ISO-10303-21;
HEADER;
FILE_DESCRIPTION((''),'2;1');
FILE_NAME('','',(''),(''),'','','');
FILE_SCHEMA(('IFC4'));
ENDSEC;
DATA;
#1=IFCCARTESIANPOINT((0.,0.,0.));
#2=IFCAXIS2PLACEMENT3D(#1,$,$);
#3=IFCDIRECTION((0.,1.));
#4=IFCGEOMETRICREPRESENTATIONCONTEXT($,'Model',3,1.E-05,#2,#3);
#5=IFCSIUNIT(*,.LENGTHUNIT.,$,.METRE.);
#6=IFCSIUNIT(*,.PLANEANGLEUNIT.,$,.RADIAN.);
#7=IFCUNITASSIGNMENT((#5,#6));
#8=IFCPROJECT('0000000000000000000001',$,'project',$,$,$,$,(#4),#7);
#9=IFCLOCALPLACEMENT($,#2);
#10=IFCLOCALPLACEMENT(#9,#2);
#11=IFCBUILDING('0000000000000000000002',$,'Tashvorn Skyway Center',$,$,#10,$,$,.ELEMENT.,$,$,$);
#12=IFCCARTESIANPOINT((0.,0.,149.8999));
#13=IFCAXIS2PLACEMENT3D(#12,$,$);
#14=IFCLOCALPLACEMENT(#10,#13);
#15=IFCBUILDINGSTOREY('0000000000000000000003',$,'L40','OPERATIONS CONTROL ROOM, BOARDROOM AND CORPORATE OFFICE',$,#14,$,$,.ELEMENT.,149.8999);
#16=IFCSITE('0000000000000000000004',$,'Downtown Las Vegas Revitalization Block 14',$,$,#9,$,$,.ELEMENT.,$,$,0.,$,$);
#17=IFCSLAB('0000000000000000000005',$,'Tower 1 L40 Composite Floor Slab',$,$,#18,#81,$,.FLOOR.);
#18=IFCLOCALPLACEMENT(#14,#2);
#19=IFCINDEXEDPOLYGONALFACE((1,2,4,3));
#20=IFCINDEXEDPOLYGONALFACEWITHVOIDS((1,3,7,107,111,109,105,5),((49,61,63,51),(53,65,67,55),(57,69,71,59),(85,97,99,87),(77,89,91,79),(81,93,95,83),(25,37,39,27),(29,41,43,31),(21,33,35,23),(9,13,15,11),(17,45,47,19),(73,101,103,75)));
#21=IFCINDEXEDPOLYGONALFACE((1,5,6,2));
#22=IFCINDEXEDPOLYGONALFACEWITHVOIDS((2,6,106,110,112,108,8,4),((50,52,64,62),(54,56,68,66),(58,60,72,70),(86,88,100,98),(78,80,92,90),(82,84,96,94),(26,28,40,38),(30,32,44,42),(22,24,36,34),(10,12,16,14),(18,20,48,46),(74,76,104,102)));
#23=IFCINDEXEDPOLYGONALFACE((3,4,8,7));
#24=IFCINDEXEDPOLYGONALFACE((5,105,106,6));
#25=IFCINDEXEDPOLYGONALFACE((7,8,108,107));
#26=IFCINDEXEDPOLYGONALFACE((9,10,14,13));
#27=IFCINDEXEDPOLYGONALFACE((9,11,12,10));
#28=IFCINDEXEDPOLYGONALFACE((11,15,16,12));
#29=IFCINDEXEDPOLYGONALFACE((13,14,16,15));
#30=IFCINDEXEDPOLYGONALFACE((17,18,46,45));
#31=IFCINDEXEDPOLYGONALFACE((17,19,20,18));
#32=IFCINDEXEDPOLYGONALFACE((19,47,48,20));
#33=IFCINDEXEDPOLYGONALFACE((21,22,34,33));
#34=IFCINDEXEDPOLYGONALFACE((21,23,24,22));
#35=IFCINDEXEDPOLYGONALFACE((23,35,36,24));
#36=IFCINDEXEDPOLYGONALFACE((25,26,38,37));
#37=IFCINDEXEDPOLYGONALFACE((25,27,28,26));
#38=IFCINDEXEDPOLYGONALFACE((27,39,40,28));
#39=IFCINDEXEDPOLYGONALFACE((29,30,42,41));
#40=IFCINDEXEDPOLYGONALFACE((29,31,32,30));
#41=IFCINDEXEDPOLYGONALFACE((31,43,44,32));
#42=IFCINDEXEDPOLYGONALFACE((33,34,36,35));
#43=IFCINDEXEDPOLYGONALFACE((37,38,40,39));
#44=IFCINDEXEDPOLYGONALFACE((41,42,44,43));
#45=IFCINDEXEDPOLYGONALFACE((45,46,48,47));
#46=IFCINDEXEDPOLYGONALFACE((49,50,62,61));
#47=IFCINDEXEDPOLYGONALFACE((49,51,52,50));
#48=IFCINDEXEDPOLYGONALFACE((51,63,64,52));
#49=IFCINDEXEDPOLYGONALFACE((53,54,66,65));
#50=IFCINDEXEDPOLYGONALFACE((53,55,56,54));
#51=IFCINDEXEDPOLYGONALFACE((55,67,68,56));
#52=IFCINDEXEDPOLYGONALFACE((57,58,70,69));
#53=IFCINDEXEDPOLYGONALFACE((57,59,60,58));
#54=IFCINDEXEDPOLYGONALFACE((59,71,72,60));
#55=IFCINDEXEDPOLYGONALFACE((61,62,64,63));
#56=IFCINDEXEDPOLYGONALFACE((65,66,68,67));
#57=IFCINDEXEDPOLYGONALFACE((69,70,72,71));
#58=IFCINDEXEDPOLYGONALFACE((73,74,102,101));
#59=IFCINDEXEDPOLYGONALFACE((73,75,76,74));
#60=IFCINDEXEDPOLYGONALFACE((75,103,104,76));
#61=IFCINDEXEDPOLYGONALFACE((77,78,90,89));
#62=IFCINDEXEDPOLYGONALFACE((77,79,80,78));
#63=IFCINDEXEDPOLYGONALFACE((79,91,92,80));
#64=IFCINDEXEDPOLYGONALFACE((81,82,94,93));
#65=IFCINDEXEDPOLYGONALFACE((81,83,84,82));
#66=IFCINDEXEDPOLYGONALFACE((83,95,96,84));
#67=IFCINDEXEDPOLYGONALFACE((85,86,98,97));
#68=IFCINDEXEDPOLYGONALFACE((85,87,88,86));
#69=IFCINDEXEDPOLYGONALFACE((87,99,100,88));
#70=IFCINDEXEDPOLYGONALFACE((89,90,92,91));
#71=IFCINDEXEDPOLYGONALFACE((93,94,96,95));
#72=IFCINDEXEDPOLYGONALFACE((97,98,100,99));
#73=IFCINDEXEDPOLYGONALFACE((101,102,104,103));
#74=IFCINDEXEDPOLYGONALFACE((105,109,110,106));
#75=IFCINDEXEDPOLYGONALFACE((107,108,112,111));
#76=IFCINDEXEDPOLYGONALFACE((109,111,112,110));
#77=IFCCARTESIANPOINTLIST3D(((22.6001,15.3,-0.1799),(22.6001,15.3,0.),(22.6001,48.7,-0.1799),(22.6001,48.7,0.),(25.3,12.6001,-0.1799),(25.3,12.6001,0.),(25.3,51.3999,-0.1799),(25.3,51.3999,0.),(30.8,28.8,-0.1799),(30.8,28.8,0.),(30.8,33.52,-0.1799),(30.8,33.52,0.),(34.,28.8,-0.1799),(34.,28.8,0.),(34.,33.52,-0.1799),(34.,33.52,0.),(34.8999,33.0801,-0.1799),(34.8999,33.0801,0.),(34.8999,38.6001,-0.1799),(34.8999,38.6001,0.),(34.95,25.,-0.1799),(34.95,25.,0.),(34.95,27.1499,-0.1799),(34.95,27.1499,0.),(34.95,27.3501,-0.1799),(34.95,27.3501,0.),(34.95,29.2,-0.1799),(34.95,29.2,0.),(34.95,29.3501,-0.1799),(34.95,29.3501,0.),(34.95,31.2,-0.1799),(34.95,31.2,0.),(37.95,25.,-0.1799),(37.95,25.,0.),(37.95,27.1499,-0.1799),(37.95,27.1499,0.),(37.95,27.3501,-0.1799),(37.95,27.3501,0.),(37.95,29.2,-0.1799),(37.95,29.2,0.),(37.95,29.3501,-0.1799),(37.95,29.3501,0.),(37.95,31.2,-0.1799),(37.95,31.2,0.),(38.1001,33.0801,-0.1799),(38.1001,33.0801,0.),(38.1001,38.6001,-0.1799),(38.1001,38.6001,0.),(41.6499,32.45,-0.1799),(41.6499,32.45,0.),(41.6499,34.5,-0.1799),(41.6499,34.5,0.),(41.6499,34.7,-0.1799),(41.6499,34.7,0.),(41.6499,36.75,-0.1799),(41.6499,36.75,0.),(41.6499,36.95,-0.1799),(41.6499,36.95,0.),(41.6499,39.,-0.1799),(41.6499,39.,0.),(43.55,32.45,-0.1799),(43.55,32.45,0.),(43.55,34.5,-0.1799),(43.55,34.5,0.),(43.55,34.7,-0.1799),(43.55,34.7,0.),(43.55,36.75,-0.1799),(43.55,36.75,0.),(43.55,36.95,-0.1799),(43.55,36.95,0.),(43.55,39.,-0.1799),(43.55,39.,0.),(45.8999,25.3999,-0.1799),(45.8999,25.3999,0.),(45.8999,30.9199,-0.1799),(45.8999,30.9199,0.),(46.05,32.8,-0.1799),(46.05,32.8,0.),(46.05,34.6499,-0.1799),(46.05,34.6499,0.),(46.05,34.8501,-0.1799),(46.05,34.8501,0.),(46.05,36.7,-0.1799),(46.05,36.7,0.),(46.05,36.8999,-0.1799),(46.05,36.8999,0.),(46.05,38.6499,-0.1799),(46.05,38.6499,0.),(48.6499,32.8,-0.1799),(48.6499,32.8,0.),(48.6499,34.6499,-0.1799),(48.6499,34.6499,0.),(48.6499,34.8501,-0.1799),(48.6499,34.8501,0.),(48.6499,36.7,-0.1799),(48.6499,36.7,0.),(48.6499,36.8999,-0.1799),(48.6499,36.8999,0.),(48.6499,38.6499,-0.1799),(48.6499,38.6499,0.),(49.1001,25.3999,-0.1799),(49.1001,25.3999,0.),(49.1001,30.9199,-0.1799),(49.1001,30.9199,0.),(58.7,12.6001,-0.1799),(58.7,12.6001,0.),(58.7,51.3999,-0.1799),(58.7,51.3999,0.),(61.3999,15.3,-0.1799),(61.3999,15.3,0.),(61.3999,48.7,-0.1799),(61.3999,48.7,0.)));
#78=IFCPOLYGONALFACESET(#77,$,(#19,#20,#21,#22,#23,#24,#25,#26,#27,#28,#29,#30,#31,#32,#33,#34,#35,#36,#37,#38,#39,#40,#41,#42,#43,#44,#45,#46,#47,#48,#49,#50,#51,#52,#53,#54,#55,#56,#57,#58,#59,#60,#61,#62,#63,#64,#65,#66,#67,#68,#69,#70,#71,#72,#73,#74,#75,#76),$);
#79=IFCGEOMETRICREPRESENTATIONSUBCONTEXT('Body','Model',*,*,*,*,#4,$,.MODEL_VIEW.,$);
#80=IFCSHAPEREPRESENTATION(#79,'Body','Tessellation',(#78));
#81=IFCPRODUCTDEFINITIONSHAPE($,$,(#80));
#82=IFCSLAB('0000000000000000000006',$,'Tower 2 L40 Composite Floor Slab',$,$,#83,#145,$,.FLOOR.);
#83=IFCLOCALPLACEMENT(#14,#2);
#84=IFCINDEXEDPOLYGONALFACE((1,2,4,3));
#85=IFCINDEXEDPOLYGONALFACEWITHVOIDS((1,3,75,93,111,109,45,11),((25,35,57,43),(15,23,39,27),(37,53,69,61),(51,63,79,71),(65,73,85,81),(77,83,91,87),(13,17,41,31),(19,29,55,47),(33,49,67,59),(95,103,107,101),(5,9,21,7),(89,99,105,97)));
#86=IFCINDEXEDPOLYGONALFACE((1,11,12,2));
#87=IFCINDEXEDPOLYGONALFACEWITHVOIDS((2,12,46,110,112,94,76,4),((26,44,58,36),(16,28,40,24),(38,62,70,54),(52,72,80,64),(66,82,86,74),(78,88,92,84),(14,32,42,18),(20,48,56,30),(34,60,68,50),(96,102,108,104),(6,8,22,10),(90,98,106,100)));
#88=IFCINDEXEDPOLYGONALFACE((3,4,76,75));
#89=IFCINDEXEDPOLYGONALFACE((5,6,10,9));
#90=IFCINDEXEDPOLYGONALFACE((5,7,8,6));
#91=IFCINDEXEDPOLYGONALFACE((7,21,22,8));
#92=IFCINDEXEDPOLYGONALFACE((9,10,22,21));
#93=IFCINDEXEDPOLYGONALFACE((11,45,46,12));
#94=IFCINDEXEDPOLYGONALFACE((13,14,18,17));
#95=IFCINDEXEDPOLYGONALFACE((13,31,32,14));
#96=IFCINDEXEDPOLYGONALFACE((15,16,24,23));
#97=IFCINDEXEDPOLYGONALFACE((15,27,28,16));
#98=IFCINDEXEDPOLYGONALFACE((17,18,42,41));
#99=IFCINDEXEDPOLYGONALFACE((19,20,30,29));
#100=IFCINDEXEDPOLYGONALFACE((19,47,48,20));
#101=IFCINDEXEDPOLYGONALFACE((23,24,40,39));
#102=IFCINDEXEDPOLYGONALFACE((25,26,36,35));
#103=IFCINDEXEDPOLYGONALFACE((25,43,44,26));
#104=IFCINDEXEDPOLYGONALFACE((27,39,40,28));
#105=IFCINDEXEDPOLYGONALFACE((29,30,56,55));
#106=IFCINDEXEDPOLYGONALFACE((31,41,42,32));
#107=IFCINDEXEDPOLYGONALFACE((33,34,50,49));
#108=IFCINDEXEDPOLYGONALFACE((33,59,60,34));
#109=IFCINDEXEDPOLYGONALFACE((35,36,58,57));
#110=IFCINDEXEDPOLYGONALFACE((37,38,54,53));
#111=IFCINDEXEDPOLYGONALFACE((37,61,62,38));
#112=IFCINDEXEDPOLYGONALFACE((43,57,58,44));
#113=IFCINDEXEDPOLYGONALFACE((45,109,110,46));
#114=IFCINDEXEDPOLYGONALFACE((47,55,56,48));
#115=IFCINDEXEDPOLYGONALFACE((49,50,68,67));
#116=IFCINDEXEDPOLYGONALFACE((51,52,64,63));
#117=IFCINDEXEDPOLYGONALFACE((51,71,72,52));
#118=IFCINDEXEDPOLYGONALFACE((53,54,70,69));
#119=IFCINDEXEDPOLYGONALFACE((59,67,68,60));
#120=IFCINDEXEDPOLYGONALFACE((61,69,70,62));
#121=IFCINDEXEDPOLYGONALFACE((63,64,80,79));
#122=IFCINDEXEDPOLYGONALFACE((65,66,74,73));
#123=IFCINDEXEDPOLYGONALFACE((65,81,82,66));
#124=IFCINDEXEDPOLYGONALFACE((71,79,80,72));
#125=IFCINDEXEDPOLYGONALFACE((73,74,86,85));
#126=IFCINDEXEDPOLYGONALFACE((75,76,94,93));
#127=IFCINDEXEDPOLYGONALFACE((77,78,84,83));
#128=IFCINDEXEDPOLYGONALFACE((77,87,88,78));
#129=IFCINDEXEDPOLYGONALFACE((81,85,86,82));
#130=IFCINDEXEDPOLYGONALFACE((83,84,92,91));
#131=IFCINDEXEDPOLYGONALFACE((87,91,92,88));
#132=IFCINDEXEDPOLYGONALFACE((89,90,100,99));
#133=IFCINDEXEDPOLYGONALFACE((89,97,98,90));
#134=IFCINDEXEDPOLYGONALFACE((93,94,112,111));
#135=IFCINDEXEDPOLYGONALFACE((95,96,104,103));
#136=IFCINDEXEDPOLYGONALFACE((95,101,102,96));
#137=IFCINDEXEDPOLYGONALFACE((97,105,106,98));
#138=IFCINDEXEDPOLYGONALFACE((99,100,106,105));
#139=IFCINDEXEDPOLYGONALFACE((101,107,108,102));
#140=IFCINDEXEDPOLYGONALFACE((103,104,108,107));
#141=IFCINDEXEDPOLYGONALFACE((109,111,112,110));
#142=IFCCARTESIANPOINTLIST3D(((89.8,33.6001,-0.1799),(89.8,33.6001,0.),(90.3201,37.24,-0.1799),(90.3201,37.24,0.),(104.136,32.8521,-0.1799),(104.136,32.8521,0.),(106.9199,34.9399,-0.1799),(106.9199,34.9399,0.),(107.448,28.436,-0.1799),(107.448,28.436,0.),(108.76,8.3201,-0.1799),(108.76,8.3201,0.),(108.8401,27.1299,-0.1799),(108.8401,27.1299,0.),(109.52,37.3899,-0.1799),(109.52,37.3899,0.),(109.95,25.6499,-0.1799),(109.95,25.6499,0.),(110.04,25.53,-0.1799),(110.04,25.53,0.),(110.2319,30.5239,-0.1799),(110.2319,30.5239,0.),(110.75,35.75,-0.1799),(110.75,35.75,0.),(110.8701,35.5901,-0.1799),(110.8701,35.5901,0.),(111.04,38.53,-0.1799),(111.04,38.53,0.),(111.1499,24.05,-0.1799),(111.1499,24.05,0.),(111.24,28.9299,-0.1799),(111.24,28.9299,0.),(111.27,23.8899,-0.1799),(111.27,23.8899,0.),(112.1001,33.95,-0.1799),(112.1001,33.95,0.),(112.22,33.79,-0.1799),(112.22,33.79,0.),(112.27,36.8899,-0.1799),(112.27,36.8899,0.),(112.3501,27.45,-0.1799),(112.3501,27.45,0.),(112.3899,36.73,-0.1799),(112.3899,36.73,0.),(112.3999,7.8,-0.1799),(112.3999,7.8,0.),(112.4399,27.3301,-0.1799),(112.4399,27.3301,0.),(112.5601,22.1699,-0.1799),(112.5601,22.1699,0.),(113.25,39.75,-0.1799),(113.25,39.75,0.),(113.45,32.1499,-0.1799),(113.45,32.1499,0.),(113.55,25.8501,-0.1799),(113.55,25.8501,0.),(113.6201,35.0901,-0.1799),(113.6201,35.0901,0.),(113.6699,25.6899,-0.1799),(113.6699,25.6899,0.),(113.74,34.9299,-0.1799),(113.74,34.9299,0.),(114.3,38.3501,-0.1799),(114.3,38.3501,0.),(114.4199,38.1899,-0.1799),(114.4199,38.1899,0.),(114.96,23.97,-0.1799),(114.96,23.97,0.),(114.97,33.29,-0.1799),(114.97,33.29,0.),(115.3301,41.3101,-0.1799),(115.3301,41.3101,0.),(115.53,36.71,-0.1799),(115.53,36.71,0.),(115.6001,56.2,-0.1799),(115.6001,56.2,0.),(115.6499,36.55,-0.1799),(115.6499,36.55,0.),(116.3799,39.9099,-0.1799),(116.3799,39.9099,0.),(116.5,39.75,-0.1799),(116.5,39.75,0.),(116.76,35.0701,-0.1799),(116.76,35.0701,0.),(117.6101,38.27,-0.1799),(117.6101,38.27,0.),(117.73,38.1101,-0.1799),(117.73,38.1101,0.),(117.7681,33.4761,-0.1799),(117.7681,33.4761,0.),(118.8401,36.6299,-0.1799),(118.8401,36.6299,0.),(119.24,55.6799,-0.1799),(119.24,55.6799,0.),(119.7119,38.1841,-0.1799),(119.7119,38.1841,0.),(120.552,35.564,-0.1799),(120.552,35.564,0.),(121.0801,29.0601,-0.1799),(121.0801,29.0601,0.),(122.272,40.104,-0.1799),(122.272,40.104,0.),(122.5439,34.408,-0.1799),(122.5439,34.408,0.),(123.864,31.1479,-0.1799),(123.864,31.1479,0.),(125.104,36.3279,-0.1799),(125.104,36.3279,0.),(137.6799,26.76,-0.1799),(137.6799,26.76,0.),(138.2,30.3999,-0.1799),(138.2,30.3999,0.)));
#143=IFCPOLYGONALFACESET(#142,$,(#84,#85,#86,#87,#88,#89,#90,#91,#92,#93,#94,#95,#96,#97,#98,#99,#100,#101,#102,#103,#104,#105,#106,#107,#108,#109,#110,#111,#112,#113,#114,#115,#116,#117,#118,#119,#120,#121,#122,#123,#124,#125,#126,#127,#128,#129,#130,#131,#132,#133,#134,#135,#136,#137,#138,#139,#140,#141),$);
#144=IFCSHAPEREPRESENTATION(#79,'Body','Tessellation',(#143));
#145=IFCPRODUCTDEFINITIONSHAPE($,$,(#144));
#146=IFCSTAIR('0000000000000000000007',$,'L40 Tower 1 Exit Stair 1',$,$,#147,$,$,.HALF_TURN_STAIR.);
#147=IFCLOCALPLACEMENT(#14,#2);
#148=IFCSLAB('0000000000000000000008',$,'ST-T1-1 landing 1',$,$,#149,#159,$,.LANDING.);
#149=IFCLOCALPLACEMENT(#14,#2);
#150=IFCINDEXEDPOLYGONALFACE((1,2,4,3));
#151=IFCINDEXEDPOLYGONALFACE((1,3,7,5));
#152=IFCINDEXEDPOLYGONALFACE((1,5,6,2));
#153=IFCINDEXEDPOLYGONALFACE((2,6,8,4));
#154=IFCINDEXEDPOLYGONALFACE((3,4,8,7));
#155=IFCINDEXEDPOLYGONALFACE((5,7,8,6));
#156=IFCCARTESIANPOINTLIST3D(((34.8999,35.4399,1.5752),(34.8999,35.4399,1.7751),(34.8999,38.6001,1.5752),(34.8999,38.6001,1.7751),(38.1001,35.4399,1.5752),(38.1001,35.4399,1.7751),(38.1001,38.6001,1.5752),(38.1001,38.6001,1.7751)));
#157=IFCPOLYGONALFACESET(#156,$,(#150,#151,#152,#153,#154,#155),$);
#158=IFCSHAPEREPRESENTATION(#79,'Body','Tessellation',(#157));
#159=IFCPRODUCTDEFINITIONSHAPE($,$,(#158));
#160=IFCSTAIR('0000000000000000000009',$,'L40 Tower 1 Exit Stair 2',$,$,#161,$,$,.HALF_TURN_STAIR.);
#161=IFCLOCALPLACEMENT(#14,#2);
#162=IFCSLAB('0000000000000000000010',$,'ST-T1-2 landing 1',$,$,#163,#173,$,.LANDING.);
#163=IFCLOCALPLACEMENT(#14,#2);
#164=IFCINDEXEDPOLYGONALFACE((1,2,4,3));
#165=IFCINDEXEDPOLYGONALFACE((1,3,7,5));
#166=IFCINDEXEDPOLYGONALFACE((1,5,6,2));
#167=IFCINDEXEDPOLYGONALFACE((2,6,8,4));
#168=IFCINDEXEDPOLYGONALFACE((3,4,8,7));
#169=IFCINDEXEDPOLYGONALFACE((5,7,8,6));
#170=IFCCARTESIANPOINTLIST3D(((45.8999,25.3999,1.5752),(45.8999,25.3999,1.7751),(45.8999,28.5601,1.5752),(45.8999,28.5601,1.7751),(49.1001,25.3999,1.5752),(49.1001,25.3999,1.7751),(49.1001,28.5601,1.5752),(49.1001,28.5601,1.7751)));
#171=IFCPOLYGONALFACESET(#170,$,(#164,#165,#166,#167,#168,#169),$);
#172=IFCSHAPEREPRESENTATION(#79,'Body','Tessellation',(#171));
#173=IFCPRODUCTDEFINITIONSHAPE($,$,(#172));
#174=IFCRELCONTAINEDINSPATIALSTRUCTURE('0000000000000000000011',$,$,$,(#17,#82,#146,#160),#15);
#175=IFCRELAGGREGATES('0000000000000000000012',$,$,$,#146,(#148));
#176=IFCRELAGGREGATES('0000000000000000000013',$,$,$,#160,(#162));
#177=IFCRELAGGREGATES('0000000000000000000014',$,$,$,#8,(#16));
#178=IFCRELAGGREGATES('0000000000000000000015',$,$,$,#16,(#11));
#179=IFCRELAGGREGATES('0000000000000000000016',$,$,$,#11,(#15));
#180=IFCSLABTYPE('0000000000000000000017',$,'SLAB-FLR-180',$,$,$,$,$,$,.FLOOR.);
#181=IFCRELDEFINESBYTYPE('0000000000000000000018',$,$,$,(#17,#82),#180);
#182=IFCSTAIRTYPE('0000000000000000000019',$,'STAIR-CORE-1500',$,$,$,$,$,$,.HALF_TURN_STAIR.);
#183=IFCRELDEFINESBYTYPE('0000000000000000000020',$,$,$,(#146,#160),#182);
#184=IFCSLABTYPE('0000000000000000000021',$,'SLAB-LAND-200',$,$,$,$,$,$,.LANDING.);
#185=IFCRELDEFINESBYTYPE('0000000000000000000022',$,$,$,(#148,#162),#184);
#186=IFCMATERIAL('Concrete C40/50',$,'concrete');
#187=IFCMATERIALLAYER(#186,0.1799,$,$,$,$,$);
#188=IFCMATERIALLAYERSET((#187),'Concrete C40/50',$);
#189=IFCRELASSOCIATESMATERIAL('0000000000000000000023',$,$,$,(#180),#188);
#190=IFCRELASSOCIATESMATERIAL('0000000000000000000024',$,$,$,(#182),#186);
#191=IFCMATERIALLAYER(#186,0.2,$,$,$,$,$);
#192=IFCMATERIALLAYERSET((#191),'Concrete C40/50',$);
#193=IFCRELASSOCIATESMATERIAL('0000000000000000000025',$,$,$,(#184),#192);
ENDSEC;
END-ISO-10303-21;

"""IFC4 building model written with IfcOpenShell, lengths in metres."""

from ifc_helpers import new_model, si_unit, direction, frame, origin, place, context, subcontext, project, spatial, polyline, outline, extrude, material, layer, layer_set, type_object, element, aggregate, save


model = new_model("IFC4")

# Units and contexts
model_context = context("Model", 3, precision=1e-05, world=origin(), true_north=direction((0.0, 1.0)))
body_context = subcontext(model_context, "Body", "Model", "MODEL_VIEW")
ifc_project = project(units=[si_unit("LENGTHUNIT", "METRE"), si_unit("PLANEANGLEUNIT", "RADIAN")], contexts=[model_context])

# Site, building, storey
site_placement = place(None, origin())
site = spatial("IfcSite", under=ifc_project, at=site_placement, Name="Downtown Las Vegas Revitalization Block 14", CompositionType="ELEMENT", RefElevation=0.0)
building_placement = place(site_placement, origin())
building = spatial("IfcBuilding", under=site, at=building_placement, Name="Tashvorn Skyway Center", CompositionType="ELEMENT")
storey_placement = place(building_placement, frame((0.0, 0.0, 149.8999)))
storey = spatial("IfcBuildingStorey", under=building, at=storey_placement, Name="L40", Description="OPERATIONS CONTROL ROOM, BOARDROOM AND CORPORATE OFFICE", CompositionType="ELEMENT", Elevation=149.8999)

# Slabs
ifc_material_1 = material(Name="Concrete C40/50", Category="concrete")
ifc_layer_1 = layer(ifc_material_1, 0.1799)
ifc_layer_set_1 = layer_set([ifc_layer_1], Name="Concrete C40/50")
slab_type_1 = type_object("IfcSlabType", Name="SLAB-FLR-180", PredefinedType="FLOOR", material=ifc_layer_set_1)
slab_1_placement = place(storey_placement, frame((0.0, 0.0, -0.1799)))
element("IfcSlab", 1, at=slab_1_placement, inside=storey, type_object=slab_type_1, Name="Tower 1 L40 Composite Floor Slab", PredefinedType="FLOOR", context=body_context, shape_type="SweptSolid", body=[
    extrude(outline(polyline([(25.3, 12.6001), (58.7, 12.6001), (61.3999, 15.3), (61.3999, 48.7), (58.7, 51.3999), (25.3, 51.3999), (22.6001, 48.7), (22.6001, 15.3), (25.3, 12.6001)]), holes=[polyline([(38.1001, 33.0801), (38.1001, 38.6001), (34.8999, 38.6001), (34.8999, 33.0801), (38.1001, 33.0801)]), polyline([(45.8999, 30.9199), (45.8999, 25.3999), (49.1001, 25.3999), (49.1001, 30.9199), (45.8999, 30.9199)]), polyline([(30.8, 33.52), (30.8, 28.8), (34.0, 28.8), (34.0, 33.52), (30.8, 33.52)]), polyline([(34.95, 29.3501), (37.95, 29.3501), (37.95, 31.2), (34.95, 31.2), (34.95, 29.3501)]), polyline([(34.95, 27.3501), (37.95, 27.3501), (37.95, 29.2), (34.95, 29.2), (34.95, 27.3501)]), polyline([(34.95, 25.0), (37.95, 25.0), (37.95, 27.1499), (34.95, 27.1499), (34.95, 25.0)]), polyline([(41.6499, 32.45), (43.55, 32.45), (43.55, 34.5), (41.6499, 34.5), (41.6499, 32.45)]), polyline([(41.6499, 34.7), (43.55, 34.7), (43.55, 36.75), (41.6499, 36.75), (41.6499, 34.7)]), polyline([(41.6499, 36.95), (43.55, 36.95), (43.55, 39.0), (41.6499, 39.0), (41.6499, 36.95)]), polyline([(46.05, 32.8), (48.6499, 32.8), (48.6499, 34.6499), (46.05, 34.6499), (46.05, 32.8)]), polyline([(46.05, 34.8501), (48.6499, 34.8501), (48.6499, 36.7), (46.05, 36.7), (46.05, 34.8501)]), polyline([(46.05, 36.8999), (48.6499, 36.8999), (48.6499, 38.6499), (46.05, 38.6499), (46.05, 36.8999)])]), origin(), (0.0, 0.0, 1.0), 0.1799),
])
slab_2_placement = place(storey_placement, frame((0.0, 0.0, -0.1799)))
element("IfcSlab", 2, at=slab_2_placement, inside=storey, type_object=slab_type_1, Name="Tower 2 L40 Composite Floor Slab", PredefinedType="FLOOR", context=body_context, shape_type="SweptSolid", body=[
    extrude(outline(polyline([(112.3999, 7.8), (137.6799, 26.76), (138.2, 30.3999), (119.24, 55.6799), (115.6001, 56.2), (90.3201, 37.24), (89.8, 33.6001), (108.76, 8.3201), (112.3999, 7.8)]), holes=[polyline([(110.2319, 30.5239), (106.9199, 34.9399), (104.136, 32.8521), (107.448, 28.436), (110.2319, 30.5239)]), polyline([(117.7681, 33.4761), (121.0801, 29.0601), (123.864, 31.1479), (120.552, 35.564), (117.7681, 33.4761)]), polyline([(119.7119, 38.1841), (122.5439, 34.408), (125.104, 36.3279), (122.272, 40.104), (119.7119, 38.1841)]), polyline([(109.95, 25.6499), (112.3501, 27.45), (111.24, 28.9299), (108.8401, 27.1299), (109.95, 25.6499)]), polyline([(111.1499, 24.05), (113.55, 25.8501), (112.4399, 27.3301), (110.04, 25.53), (111.1499, 24.05)]), polyline([(112.5601, 22.1699), (114.96, 23.97), (113.6699, 25.6899), (111.27, 23.8899), (112.5601, 22.1699)]), polyline([(113.45, 32.1499), (114.97, 33.29), (113.74, 34.9299), (112.22, 33.79), (113.45, 32.1499)]), polyline([(112.1001, 33.95), (113.6201, 35.0901), (112.3899, 36.73), (110.8701, 35.5901), (112.1001, 33.95)]), polyline([(110.75, 35.75), (112.27, 36.8899), (111.04, 38.53), (109.52, 37.3899), (110.75, 35.75)]), polyline([(116.76, 35.0701), (118.8401, 36.6299), (117.73, 38.1101), (115.6499, 36.55), (116.76, 35.0701)]), polyline([(115.53, 36.71), (117.6101, 38.27), (116.5, 39.75), (114.4199, 38.1899), (115.53, 36.71)]), polyline([(114.3, 38.3501), (116.3799, 39.9099), (115.3301, 41.3101), (113.25, 39.75), (114.3, 38.3501)])]), origin(), (0.0, 0.0, 1.0), 0.1799),
])

# Stairs, slabs
stair_type = type_object("IfcStairType", Name="STAIR-CORE-1500", PredefinedType="HALF_TURN_STAIR", material=ifc_material_1)
stair_1_placement = place(storey_placement, origin())
stair_1 = element("IfcStair", 3, at=stair_1_placement, inside=storey, type_object=stair_type, Name="L40 Tower 1 Exit Stair 1", PredefinedType="HALF_TURN_STAIR")
ifc_layer_2 = layer(ifc_material_1, 0.2)
ifc_layer_set_2 = layer_set([ifc_layer_2], Name="Concrete C40/50")
slab_type_2 = type_object("IfcSlabType", Name="SLAB-LAND-200", PredefinedType="LANDING", material=ifc_layer_set_2)
slab_3_placement = place(storey_placement, frame((0.0, 0.0, 1.5752)))
slab_3 = element("IfcSlab", 4, at=slab_3_placement, type_object=slab_type_2, Name="ST-T1-1 landing 1", PredefinedType="LANDING", context=body_context, shape_type="SweptSolid", body=[
    extrude(outline(polyline([(38.1001, 35.4399), (38.1001, 38.6001), (34.8999, 38.6001), (34.8999, 35.4399), (38.1001, 35.4399)])), origin(), (0.0, 0.0, 1.0), 0.2),
])
aggregate(stair_1, [slab_3])
stair_2_placement = place(storey_placement, origin())
stair_2 = element("IfcStair", 5, at=stair_2_placement, inside=storey, type_object=stair_type, Name="L40 Tower 1 Exit Stair 2", PredefinedType="HALF_TURN_STAIR")
slab_4_placement = place(storey_placement, frame((0.0, 0.0, 1.5752)))
slab_4 = element("IfcSlab", 6, at=slab_4_placement, type_object=slab_type_2, Name="ST-T1-2 landing 1", PredefinedType="LANDING", context=body_context, shape_type="SweptSolid", body=[
    extrude(outline(polyline([(45.8999, 28.5601), (45.8999, 25.3999), (49.1001, 25.3999), (49.1001, 28.5601), (45.8999, 28.5601)])), origin(), (0.0, 0.0, 1.0), 0.2),
])
aggregate(stair_2, [slab_4])

save(model, "model.ifc")
